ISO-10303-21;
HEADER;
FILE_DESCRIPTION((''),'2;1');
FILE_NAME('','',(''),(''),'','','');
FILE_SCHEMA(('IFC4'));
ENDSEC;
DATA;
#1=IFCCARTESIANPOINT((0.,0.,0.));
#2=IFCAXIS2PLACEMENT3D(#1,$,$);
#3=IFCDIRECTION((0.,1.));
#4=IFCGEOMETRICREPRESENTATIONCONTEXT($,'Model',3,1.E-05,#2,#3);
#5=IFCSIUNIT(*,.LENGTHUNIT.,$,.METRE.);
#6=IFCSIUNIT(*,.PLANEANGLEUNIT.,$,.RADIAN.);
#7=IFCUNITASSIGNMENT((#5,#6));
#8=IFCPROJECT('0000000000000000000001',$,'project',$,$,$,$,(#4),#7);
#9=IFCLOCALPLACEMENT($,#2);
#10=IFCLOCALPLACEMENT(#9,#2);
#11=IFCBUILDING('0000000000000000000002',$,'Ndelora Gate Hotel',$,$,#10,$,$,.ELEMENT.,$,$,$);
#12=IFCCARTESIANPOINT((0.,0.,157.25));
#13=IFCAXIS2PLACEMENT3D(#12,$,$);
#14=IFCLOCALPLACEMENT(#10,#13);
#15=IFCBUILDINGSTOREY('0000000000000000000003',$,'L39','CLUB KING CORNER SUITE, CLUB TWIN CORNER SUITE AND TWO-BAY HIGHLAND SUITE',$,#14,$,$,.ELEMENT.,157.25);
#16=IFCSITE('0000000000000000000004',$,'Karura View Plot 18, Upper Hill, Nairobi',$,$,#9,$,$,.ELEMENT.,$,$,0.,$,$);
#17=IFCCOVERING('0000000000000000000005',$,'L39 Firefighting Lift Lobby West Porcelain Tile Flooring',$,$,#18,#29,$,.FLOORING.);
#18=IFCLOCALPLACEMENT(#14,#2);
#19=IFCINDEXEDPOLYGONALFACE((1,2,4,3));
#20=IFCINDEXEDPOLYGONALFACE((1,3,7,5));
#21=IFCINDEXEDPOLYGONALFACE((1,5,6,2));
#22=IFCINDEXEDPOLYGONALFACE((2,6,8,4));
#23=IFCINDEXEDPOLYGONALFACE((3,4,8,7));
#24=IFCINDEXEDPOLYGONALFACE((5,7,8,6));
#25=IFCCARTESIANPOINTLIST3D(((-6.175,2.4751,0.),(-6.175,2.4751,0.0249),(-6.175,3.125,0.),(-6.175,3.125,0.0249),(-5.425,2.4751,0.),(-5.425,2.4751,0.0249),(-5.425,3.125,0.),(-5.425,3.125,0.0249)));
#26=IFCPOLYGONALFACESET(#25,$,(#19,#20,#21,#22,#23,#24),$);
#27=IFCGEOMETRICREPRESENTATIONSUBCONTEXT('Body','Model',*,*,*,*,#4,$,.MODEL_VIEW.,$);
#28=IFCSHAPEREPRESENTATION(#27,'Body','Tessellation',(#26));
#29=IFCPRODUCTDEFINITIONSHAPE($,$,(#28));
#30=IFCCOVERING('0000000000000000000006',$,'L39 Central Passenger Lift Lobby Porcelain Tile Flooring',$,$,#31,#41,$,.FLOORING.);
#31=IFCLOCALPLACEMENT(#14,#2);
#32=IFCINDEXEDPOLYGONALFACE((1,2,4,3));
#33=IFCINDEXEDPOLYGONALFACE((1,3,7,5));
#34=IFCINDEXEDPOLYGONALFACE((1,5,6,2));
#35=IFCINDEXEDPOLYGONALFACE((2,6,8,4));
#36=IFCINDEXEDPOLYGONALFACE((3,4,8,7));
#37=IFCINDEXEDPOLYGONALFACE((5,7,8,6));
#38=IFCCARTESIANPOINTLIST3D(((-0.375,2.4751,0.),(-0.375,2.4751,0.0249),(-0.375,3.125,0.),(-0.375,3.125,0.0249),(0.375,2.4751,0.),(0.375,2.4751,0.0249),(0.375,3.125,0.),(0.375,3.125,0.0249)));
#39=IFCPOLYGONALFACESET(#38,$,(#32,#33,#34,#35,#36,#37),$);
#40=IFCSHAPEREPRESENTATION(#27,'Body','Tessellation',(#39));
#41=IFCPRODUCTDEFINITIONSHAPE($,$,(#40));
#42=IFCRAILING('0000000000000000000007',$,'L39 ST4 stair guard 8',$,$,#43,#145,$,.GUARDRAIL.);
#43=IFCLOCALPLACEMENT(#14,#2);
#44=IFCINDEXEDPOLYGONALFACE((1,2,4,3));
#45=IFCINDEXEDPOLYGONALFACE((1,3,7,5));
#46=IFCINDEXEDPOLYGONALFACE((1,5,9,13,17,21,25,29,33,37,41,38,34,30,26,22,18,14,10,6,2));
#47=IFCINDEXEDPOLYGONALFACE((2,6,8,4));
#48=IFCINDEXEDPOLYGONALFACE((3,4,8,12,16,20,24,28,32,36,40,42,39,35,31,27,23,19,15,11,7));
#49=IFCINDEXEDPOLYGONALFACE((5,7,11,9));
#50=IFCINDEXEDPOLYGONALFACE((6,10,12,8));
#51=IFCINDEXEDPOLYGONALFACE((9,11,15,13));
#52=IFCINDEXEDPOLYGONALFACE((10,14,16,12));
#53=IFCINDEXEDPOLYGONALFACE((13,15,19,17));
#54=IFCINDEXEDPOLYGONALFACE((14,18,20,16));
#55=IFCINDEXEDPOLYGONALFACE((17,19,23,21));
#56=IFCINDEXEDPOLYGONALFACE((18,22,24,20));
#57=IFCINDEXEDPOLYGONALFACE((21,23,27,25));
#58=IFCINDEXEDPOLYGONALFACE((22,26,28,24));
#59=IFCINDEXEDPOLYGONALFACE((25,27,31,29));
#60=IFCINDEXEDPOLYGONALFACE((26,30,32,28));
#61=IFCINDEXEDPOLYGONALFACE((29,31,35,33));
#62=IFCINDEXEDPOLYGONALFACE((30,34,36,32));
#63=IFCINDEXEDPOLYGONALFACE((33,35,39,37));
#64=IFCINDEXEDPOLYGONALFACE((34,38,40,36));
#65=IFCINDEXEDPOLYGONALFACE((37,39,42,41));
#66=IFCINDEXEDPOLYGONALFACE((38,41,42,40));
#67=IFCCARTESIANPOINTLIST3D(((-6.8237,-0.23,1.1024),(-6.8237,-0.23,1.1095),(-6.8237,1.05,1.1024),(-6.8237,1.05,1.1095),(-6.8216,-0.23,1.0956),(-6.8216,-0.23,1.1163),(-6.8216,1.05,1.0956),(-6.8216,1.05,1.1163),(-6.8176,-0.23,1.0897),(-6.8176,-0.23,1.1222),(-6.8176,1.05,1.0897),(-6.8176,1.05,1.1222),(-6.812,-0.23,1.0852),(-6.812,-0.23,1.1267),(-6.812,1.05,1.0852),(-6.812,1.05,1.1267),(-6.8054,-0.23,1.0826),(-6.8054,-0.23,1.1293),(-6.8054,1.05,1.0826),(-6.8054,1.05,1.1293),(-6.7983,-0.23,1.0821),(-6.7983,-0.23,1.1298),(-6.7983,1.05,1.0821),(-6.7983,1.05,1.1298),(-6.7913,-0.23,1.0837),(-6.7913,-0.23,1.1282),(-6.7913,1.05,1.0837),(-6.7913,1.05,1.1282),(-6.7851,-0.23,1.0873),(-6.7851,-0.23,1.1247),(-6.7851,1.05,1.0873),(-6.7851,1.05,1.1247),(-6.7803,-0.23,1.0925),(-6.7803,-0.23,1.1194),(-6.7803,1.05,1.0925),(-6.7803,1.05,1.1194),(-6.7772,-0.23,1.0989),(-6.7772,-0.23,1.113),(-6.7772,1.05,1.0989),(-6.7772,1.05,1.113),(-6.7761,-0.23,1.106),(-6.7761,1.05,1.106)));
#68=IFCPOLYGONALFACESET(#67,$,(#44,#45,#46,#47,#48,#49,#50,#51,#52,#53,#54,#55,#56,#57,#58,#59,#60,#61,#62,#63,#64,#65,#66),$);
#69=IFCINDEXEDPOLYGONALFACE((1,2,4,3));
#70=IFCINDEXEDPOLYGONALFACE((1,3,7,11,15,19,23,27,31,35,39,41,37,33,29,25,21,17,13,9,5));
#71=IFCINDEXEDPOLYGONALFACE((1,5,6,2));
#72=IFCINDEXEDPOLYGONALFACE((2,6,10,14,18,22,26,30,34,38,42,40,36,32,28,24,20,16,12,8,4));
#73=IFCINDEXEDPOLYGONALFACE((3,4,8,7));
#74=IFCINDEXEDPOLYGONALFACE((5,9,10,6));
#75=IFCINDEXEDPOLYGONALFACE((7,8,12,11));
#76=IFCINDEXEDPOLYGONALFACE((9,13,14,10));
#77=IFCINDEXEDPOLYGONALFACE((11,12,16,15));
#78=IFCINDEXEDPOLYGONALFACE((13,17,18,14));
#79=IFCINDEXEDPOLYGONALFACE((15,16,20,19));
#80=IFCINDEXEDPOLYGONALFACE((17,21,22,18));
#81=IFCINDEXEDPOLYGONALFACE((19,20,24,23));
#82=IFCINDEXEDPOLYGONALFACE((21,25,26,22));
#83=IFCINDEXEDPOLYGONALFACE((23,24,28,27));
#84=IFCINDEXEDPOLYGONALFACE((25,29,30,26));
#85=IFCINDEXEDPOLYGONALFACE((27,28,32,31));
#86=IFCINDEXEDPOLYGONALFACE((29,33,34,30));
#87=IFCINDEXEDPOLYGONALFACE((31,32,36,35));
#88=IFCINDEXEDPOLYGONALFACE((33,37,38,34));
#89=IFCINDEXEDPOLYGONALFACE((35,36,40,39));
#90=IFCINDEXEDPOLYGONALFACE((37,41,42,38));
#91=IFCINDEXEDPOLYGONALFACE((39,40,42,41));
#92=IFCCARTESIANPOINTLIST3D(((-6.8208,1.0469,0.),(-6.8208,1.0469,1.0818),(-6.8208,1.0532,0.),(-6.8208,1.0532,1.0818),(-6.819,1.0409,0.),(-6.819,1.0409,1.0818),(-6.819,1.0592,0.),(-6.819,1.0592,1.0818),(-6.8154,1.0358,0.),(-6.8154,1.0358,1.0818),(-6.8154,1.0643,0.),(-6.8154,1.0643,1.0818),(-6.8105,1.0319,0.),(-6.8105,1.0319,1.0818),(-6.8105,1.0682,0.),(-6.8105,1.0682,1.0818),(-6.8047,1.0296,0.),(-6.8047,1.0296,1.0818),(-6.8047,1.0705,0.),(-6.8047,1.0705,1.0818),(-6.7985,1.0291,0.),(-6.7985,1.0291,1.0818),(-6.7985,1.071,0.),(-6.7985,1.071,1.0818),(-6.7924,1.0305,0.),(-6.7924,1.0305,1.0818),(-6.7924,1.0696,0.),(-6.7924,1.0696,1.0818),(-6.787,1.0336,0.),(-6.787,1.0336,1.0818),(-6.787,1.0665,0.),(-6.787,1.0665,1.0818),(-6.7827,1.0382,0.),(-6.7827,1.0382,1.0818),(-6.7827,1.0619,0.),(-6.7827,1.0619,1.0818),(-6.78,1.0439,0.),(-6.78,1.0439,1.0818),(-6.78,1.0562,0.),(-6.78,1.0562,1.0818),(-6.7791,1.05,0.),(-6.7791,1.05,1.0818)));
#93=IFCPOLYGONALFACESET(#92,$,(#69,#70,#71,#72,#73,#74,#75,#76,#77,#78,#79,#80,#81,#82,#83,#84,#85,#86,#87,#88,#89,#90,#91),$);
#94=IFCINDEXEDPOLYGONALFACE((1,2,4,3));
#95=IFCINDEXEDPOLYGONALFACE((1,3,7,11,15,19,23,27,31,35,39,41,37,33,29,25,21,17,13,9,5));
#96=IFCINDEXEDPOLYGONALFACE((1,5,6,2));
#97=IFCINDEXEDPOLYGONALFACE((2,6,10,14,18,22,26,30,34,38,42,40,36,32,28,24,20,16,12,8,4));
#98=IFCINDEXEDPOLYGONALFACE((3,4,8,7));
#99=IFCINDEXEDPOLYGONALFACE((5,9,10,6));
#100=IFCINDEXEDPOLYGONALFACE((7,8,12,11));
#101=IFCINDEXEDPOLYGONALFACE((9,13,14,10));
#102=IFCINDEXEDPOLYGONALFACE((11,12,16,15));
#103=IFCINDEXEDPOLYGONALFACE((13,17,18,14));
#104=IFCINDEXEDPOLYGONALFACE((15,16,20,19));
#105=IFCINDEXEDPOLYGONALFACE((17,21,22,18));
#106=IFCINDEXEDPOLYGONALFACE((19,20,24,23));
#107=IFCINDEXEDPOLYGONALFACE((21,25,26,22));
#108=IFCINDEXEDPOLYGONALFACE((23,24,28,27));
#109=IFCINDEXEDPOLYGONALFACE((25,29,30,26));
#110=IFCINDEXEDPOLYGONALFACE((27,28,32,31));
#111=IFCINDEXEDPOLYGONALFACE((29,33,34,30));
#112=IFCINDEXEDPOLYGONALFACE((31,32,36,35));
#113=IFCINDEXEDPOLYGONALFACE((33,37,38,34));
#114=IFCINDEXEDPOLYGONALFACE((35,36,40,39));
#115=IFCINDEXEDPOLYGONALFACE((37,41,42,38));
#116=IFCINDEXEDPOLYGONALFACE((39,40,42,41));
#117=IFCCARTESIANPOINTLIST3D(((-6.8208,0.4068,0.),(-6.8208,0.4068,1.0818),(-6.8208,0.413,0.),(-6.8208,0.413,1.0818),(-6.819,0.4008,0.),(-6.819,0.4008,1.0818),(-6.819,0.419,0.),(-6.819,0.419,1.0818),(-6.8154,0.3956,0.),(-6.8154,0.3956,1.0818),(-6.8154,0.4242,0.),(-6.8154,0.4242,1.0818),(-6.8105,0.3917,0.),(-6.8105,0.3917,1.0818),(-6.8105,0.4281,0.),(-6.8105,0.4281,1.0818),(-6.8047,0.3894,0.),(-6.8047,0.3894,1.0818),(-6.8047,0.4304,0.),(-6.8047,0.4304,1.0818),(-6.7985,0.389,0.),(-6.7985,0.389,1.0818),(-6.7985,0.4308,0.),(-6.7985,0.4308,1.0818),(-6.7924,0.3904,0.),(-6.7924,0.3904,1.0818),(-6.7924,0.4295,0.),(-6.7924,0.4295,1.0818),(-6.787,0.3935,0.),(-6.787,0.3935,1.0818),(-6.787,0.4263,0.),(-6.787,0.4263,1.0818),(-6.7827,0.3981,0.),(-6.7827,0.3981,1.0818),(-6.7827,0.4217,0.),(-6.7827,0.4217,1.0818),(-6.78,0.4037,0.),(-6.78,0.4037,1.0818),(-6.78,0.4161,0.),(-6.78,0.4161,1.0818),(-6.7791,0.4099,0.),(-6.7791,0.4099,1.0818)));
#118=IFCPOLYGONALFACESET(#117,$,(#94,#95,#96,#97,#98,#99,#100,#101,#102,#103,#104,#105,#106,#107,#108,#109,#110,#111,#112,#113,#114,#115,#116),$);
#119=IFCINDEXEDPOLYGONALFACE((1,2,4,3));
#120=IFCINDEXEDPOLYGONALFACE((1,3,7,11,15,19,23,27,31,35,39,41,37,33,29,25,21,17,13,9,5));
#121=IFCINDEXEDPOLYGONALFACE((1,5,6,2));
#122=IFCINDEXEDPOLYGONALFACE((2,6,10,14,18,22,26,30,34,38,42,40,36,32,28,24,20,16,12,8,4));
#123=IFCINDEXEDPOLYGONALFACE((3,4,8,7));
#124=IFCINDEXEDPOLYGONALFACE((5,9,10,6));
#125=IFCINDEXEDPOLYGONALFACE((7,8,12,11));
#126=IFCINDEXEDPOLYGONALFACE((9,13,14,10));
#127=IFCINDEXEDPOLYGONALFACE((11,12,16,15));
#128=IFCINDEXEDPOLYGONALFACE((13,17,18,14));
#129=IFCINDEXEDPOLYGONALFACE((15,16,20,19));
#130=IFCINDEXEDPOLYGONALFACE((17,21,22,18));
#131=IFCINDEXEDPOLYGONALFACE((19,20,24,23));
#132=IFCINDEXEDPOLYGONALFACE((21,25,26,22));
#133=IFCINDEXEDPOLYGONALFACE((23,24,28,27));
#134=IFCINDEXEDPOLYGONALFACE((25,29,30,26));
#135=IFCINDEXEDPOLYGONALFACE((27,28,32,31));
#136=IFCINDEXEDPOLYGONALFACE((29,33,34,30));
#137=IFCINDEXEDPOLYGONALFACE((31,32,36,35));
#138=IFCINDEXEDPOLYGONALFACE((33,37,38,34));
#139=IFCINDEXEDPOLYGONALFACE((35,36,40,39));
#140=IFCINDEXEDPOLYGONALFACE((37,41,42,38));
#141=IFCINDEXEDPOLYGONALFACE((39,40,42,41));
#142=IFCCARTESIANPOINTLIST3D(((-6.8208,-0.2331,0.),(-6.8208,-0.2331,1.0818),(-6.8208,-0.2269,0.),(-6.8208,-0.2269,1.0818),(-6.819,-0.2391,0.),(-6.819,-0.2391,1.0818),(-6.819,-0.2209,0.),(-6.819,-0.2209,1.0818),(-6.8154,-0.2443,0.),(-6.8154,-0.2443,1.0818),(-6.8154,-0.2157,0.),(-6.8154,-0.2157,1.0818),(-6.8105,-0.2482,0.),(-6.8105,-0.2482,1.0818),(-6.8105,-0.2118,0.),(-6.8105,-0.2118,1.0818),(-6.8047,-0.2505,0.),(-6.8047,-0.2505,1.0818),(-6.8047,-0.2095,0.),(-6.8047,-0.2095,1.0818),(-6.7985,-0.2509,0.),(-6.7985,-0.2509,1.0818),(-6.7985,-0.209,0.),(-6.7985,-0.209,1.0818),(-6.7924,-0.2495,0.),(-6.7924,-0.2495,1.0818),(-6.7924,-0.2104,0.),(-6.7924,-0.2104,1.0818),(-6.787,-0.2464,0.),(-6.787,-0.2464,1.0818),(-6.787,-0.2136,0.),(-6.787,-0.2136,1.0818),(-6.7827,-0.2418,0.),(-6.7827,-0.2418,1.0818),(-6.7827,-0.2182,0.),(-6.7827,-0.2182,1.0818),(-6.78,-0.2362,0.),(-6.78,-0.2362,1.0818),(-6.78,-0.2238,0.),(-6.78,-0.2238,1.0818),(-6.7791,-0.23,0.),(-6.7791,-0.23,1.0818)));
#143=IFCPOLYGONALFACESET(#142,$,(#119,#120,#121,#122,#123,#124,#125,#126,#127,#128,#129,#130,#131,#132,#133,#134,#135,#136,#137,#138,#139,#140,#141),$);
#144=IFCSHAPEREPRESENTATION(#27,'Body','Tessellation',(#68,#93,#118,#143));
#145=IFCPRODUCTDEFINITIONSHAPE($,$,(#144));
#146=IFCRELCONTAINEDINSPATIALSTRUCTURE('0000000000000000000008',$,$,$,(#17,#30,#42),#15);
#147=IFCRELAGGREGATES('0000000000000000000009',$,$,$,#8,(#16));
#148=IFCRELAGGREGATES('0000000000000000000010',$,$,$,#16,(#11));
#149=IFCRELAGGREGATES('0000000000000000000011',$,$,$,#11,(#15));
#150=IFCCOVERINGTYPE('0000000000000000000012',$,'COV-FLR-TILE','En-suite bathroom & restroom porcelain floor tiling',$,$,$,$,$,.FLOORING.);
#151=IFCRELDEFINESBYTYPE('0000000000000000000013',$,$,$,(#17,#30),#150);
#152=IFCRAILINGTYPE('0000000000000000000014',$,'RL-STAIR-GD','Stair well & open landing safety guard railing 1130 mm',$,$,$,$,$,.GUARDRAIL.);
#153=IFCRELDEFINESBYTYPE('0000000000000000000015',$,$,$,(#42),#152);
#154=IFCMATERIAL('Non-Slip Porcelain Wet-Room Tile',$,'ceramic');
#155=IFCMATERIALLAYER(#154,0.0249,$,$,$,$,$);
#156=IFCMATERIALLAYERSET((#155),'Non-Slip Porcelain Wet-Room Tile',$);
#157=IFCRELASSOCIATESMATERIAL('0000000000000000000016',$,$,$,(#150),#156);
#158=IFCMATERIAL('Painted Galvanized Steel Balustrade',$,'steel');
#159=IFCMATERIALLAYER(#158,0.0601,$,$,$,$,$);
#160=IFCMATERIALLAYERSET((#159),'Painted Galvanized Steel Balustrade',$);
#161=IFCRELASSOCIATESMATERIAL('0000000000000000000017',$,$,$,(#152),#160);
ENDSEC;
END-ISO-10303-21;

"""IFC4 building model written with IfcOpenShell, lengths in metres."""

from ifc_helpers import new_model, si_unit, direction, frame, origin, origin_2d, place, context, subcontext, project, spatial, rectangle, circle, extrude, material, layer, layer_set, type_object, element, save


model = new_model("IFC4")

# Units and contexts
model_context = context("Model", 3, precision=1e-05, world=origin(), true_north=direction((0.0, 1.0)))
body_context = subcontext(model_context, "Body", "Model", "MODEL_VIEW")
ifc_project = project(units=[si_unit("LENGTHUNIT", "METRE"), si_unit("PLANEANGLEUNIT", "RADIAN")], contexts=[model_context])

# Site, building, storey
site_placement = place(None, origin())
site = spatial("IfcSite", under=ifc_project, at=site_placement, Name="Karura View Plot 18, Upper Hill, Nairobi", CompositionType="ELEMENT", RefElevation=0.0)
building_placement = place(site_placement, origin())
building = spatial("IfcBuilding", under=site, at=building_placement, Name="Ndelora Gate Hotel", CompositionType="ELEMENT")
storey_placement = place(building_placement, frame((0.0, 0.0, 157.25)))
storey = spatial("IfcBuildingStorey", under=building, at=storey_placement, Name="L39", Description="CLUB KING CORNER SUITE, CLUB TWIN CORNER SUITE AND TWO-BAY HIGHLAND SUITE", CompositionType="ELEMENT", Elevation=157.25)

# Coverings
ifc_material_1 = material(Name="Non-Slip Porcelain Wet-Room Tile", Category="ceramic")
ifc_layer_1 = layer(ifc_material_1, 0.0249)
ifc_layer_set_1 = layer_set([ifc_layer_1], Name="Non-Slip Porcelain Wet-Room Tile")
covering_type_1 = type_object("IfcCoveringType", Name="COV-FLR-TILE", Description="En-suite bathroom & restroom porcelain floor tiling", PredefinedType="FLOORING", material=ifc_layer_set_1)
for number, where, z_axis, x_axis, name in (
    (1, (-5.8, 2.8, 0.0), (0.0, 0.0, 1.0), (1.0, 0.0, 0.0), "L39 Firefighting Lift Lobby West Porcelain Tile Flooring"),
    (2, (0.0, 2.8, 0.0), (0.0, 0.0, 1.0), (1.0, 0.0, 0.0), "L39 Central Passenger Lift Lobby Porcelain Tile Flooring"),
):
    element("IfcCovering", number, at=place(storey_placement, frame(where, z_axis=z_axis, x_axis=x_axis)), inside=storey, type_object=covering_type_1, Name=name, PredefinedType="FLOORING", context=body_context, shape_type="SweptSolid", body=[
        extrude(rectangle(XDim=0.75, YDim=0.6499, at=origin_2d()), origin(), (0.0, 0.0, 1.0), 0.0249),
    ])

# Railing
ifc_material_2 = material(Name="Painted Galvanized Steel Balustrade", Category="steel")
ifc_layer_2 = layer(ifc_material_2, 0.0601)
ifc_layer_set_2 = layer_set([ifc_layer_2], Name="Painted Galvanized Steel Balustrade")
railing_type = type_object("IfcRailingType", Name="RL-STAIR-GD", Description="Stair well & open landing safety guard railing 1130 mm", PredefinedType="GUARDRAIL", material=ifc_layer_set_2)
for number, where, name in (
    (3, (-6.8, 1.05, 0.0), "L39 ST4 stair guard 8"),
):
    element("IfcRailing", number, at=place(storey_placement, frame(where)), inside=storey, type_object=railing_type, Name=name, PredefinedType="GUARDRAIL", context=body_context, shape_type="SweptSolid", body=[
        extrude(circle(Radius=0.0239, at=origin_2d()), frame((0.0, 0.0, 1.106), z_axis=(0.0, -1.0, 0.0), x_axis=(1.0, 0.0, 0.0)), (0.0, 0.0, 1.0), 1.28),
        extrude(circle(Radius=0.021, at=origin_2d()), origin(), (0.0, 0.0, 1.0), 1.0818),
        extrude(circle(Radius=0.021, at=origin_2d()), frame((0.0, -0.6401, 0.0)), (0.0, 0.0, 1.0), 1.0818),
        extrude(circle(Radius=0.021, at=origin_2d()), frame((0.0, -1.28, 0.0)), (0.0, 0.0, 1.0), 1.0818),
    ])

save(model, "model.ifc")
